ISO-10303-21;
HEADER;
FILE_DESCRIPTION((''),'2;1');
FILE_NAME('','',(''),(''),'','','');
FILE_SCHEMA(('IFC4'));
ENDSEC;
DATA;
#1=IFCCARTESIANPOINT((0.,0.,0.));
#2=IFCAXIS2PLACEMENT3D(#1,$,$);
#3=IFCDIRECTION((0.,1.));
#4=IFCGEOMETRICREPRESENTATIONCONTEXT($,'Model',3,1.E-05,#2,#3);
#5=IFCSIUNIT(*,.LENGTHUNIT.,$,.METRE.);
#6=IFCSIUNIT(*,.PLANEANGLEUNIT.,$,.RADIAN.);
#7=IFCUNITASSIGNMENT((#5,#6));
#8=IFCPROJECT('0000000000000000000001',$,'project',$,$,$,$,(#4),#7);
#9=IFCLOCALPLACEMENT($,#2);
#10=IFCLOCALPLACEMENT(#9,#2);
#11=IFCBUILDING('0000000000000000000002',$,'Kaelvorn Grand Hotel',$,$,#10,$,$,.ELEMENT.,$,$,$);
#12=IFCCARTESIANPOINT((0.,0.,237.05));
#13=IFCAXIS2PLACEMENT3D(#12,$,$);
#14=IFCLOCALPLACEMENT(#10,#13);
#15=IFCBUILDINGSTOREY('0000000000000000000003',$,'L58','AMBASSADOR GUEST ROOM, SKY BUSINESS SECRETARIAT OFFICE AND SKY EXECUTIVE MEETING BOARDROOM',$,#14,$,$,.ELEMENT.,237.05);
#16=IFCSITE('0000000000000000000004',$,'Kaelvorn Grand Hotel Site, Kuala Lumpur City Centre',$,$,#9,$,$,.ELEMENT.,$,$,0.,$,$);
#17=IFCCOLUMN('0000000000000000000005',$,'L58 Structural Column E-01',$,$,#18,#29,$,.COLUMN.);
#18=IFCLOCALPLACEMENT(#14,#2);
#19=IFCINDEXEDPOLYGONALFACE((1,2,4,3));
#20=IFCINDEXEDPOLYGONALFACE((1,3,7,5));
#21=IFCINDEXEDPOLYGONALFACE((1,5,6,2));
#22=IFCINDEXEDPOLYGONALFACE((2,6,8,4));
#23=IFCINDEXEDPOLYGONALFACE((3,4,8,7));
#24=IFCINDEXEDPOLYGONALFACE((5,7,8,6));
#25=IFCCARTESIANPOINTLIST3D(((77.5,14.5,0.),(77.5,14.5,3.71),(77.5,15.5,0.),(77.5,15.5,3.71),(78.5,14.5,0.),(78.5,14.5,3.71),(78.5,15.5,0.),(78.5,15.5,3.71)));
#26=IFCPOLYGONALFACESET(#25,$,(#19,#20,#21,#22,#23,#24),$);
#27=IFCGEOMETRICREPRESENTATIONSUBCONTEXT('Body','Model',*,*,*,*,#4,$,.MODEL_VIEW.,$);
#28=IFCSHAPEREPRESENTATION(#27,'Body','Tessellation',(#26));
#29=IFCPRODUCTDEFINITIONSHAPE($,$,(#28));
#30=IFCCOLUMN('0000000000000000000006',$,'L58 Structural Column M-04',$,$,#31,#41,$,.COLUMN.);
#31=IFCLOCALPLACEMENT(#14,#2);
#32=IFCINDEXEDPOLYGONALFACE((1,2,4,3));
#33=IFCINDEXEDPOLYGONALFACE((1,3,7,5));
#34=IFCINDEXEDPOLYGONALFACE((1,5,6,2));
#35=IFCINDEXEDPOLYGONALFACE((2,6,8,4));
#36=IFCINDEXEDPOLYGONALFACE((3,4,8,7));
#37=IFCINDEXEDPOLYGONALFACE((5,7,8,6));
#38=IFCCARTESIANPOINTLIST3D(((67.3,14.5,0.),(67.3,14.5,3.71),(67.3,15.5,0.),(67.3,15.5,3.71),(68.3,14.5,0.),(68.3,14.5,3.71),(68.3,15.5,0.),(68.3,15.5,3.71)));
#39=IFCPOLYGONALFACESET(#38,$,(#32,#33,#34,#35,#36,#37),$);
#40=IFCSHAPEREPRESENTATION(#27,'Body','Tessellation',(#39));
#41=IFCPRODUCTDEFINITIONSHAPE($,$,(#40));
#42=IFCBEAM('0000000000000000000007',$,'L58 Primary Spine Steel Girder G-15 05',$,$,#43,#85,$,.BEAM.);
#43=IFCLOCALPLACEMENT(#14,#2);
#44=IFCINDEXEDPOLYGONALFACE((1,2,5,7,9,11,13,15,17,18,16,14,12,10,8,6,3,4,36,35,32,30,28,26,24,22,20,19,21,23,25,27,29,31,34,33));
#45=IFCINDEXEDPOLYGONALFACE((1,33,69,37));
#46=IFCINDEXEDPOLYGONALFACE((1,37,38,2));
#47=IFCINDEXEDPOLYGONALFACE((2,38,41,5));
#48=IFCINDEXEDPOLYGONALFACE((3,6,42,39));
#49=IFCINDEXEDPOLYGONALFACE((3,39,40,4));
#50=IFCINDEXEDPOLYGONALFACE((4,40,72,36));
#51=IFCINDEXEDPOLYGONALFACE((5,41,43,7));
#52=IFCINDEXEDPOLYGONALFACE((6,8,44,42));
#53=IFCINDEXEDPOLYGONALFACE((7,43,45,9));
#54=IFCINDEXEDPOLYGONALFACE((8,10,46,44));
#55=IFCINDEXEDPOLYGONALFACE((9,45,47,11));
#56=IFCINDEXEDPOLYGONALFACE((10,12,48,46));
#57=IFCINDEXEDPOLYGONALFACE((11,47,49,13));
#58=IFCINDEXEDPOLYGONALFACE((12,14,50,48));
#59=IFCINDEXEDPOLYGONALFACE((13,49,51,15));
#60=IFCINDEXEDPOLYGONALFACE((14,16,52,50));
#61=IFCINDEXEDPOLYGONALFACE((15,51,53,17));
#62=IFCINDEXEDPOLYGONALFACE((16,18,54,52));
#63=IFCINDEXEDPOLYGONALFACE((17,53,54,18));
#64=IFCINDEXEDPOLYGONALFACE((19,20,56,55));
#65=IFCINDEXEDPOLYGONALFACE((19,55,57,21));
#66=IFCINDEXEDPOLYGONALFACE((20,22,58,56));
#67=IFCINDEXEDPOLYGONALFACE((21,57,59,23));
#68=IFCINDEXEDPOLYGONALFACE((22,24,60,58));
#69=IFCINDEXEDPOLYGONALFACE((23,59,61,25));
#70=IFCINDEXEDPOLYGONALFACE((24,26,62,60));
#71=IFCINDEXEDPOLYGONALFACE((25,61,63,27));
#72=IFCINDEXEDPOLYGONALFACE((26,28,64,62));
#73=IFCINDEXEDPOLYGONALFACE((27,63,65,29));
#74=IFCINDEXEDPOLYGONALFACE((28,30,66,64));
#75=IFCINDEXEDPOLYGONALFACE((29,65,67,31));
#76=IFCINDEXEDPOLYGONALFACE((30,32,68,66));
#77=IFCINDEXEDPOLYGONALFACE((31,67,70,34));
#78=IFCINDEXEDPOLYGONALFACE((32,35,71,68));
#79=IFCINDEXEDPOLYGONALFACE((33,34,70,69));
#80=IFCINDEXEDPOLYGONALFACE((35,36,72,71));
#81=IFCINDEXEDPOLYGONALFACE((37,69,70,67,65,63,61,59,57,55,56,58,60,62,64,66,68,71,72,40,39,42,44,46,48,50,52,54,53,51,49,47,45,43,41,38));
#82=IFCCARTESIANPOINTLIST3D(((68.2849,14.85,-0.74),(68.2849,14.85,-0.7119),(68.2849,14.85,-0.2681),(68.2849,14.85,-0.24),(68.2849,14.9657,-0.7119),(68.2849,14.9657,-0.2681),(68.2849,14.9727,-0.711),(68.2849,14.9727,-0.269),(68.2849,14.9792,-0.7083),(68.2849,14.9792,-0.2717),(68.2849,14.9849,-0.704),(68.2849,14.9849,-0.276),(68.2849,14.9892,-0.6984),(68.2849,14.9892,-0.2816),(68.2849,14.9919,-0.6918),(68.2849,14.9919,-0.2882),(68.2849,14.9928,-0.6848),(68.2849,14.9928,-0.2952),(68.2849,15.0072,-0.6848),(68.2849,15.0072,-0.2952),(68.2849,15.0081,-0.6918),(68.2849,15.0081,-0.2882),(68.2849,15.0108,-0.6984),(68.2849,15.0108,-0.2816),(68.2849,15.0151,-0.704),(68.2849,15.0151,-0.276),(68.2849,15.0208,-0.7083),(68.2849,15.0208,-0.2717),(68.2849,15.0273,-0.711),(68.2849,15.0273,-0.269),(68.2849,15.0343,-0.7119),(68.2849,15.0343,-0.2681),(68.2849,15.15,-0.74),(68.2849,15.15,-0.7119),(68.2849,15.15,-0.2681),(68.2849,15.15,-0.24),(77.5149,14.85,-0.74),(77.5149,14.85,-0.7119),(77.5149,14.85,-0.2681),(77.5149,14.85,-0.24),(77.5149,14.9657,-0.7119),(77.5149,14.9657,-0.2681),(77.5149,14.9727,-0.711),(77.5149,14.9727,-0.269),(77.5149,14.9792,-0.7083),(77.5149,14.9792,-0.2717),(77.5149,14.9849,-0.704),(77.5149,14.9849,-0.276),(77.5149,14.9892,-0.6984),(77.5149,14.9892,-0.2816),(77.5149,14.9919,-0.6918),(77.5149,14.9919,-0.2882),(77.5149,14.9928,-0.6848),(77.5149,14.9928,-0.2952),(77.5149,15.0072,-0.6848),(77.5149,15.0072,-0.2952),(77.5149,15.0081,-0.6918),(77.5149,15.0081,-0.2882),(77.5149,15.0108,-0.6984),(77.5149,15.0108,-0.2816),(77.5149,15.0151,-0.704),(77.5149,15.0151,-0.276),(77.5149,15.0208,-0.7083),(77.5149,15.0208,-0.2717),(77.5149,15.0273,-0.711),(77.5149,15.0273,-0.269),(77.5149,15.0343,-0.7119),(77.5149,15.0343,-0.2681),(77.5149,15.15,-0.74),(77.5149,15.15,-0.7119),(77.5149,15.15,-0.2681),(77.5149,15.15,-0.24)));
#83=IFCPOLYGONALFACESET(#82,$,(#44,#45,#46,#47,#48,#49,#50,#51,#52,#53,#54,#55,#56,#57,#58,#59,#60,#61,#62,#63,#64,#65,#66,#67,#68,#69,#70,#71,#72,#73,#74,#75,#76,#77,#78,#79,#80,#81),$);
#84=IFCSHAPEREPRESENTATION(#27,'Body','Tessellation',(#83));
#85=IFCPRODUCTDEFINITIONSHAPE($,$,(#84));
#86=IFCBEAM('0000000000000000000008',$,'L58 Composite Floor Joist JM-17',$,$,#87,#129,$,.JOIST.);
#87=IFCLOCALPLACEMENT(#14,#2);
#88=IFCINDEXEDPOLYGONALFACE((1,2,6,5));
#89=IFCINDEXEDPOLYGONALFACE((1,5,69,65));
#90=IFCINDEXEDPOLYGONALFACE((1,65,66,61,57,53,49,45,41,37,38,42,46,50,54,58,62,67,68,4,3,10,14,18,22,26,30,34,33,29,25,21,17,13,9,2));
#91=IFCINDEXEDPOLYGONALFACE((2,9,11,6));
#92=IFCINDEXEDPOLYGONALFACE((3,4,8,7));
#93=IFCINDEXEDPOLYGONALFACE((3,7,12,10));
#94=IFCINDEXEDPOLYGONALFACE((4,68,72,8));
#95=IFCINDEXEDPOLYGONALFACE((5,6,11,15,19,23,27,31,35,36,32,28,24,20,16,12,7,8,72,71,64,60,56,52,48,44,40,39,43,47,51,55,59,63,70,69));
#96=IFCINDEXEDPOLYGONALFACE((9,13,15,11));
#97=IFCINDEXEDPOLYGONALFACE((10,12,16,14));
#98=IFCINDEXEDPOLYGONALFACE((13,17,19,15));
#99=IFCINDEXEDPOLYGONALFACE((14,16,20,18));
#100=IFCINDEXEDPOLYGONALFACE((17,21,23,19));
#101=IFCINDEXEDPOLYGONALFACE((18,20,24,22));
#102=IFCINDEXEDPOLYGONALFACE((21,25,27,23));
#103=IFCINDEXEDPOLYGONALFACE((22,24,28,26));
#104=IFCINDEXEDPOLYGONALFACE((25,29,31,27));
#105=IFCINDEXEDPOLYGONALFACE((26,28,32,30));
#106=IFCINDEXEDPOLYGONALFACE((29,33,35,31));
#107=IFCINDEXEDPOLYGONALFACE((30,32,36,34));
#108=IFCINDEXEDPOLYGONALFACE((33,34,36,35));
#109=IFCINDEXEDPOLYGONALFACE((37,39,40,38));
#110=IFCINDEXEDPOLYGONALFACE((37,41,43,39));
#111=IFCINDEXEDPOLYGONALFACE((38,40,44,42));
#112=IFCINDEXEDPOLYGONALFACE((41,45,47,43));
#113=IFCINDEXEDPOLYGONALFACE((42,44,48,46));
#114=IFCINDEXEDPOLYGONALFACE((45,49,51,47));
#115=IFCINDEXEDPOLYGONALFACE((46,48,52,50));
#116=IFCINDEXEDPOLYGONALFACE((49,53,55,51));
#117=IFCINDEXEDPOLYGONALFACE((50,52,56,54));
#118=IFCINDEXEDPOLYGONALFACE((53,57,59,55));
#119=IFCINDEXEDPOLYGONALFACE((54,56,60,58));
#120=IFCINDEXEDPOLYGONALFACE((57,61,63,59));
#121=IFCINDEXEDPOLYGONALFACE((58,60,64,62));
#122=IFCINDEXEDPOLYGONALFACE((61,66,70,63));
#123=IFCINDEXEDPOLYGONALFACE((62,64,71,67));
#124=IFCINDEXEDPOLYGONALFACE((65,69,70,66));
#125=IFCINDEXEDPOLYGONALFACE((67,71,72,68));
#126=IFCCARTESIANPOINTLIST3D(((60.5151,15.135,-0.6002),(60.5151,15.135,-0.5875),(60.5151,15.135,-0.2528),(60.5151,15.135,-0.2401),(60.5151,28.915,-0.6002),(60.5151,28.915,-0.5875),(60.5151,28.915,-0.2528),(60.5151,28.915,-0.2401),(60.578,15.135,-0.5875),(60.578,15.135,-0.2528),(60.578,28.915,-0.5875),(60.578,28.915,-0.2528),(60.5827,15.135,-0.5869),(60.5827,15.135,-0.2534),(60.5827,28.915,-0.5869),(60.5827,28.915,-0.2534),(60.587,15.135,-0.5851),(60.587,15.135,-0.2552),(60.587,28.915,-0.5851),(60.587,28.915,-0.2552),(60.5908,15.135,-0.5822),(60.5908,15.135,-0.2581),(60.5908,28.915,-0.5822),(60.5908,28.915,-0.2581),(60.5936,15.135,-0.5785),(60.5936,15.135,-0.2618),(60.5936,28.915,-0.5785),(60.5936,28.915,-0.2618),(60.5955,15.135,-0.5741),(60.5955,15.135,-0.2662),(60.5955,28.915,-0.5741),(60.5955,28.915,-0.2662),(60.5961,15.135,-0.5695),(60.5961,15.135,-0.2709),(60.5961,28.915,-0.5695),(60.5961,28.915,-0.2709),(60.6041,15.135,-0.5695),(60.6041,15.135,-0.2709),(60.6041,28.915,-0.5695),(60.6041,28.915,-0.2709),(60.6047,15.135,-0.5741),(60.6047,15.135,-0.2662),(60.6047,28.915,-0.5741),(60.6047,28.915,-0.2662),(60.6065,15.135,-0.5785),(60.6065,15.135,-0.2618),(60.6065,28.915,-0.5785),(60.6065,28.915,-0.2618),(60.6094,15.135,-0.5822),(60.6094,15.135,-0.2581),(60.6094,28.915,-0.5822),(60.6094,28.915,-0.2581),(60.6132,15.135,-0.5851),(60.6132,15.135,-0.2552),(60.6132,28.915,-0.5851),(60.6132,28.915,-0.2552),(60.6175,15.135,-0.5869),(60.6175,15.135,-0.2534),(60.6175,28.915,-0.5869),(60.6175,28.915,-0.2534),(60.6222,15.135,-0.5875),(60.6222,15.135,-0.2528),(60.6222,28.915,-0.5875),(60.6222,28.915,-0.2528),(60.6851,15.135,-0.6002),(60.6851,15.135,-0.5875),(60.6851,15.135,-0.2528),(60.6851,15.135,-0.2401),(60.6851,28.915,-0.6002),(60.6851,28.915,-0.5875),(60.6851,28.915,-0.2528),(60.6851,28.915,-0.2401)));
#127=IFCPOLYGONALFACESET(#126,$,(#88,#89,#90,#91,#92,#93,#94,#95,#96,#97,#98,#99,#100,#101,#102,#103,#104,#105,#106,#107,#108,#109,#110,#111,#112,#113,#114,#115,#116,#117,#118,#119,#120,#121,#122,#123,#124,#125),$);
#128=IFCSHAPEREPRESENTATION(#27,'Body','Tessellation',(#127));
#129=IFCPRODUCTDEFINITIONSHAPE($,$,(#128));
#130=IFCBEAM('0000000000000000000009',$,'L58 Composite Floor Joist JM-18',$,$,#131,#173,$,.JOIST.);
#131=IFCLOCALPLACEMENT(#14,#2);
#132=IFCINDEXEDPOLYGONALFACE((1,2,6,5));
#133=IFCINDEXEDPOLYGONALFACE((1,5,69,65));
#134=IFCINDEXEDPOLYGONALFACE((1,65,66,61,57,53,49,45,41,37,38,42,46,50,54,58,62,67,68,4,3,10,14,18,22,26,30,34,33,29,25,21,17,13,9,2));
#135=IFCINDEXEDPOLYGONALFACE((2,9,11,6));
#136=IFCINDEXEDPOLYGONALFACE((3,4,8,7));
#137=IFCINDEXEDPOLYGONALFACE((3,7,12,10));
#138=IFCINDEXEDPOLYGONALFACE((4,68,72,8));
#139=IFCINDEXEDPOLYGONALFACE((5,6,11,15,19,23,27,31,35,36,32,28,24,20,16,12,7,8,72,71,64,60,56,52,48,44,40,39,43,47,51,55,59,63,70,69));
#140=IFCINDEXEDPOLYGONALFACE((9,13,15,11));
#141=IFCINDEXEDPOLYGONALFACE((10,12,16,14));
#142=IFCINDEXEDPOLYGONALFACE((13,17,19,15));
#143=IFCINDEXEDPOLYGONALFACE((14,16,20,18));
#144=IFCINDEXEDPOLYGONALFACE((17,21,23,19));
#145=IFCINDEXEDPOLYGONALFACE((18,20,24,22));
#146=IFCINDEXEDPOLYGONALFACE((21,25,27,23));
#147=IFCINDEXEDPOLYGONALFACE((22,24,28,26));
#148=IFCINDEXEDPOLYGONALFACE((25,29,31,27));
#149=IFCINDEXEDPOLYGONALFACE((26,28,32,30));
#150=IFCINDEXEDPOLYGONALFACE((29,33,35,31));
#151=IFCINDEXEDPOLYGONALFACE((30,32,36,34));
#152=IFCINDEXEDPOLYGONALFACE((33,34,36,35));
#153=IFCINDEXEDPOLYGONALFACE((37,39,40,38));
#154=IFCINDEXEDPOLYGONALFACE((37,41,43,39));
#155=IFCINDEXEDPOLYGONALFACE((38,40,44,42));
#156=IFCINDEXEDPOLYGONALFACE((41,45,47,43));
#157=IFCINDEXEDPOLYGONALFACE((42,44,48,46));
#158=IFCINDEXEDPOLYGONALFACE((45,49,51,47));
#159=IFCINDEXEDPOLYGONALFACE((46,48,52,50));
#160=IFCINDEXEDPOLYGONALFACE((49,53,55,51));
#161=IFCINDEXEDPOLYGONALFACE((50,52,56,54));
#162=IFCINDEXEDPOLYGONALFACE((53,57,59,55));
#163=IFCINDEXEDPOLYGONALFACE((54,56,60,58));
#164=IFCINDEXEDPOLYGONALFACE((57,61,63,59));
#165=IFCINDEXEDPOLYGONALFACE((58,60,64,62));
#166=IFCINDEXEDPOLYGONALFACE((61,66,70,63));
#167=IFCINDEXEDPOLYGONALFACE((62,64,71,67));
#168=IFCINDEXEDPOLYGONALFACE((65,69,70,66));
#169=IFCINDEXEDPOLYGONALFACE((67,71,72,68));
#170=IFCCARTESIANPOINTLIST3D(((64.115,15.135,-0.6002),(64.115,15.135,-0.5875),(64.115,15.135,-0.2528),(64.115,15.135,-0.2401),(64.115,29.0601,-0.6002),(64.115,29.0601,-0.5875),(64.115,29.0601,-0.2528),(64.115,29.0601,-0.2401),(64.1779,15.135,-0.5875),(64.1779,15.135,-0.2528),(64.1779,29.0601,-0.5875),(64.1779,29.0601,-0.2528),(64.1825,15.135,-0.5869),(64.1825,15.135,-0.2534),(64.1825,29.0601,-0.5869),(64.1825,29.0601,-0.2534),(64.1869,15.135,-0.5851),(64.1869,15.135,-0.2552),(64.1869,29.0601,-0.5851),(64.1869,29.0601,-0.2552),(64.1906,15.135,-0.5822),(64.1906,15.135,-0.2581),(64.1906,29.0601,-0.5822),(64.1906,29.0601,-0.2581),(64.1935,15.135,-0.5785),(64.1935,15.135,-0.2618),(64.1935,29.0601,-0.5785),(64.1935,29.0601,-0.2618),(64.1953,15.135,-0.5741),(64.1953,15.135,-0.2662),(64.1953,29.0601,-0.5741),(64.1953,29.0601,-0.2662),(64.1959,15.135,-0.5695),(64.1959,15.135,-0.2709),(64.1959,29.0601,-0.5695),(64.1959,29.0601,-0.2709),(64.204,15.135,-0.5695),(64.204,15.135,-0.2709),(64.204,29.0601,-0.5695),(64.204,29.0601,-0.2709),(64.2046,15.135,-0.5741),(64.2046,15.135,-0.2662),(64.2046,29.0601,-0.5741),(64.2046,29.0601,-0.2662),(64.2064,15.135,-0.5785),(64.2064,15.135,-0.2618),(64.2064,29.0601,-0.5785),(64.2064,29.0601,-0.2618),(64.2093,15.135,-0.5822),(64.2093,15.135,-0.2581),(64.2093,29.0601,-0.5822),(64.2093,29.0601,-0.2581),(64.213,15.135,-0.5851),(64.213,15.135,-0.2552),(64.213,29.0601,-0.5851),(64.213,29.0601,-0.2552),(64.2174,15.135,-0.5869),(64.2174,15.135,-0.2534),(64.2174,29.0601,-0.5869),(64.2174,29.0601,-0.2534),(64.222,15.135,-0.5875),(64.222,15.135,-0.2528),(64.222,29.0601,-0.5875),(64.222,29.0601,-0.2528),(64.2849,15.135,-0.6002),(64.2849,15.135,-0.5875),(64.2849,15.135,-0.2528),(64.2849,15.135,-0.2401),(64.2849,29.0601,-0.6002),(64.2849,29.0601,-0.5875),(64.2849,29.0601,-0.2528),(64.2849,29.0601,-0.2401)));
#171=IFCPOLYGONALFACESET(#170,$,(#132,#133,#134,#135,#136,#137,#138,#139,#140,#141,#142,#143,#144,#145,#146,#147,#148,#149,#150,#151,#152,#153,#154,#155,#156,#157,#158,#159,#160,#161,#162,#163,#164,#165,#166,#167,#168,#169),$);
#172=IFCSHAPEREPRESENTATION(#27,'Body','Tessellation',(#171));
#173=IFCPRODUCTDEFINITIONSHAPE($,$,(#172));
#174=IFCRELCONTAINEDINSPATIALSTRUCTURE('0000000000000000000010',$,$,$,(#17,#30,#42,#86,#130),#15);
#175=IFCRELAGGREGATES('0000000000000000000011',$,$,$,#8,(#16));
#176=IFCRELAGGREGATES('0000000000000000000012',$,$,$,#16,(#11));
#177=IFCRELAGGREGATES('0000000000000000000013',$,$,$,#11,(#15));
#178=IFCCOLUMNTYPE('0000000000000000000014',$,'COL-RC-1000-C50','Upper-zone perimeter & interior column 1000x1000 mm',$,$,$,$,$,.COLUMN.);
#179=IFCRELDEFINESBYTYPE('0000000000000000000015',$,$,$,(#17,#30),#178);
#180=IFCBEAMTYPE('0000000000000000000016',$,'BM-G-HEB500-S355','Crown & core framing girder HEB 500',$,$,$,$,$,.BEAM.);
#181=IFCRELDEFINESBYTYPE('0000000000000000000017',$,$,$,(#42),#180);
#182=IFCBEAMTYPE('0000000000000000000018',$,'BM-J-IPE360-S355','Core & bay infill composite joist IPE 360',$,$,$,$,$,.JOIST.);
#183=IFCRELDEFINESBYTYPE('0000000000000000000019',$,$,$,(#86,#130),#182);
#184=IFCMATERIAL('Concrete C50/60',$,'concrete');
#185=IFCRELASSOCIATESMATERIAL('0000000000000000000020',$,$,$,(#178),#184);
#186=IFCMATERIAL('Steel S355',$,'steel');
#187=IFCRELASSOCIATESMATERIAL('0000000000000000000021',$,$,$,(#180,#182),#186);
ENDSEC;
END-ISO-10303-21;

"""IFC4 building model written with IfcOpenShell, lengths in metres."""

from ifc_helpers import new_model, si_unit, direction, frame, origin, origin_2d, place, context, subcontext, project, spatial, rectangle, i_section, extrude, material, material_profile, profile_set, type_object, element, save


model = new_model("IFC4")

# Units and contexts
model_context = context("Model", 3, precision=1e-05, world=origin(), true_north=direction((0.0, 1.0)))
body_context = subcontext(model_context, "Body", "Model", "MODEL_VIEW")
ifc_project = project(units=[si_unit("LENGTHUNIT", "METRE"), si_unit("PLANEANGLEUNIT", "RADIAN")], contexts=[model_context])

# Site, building, storey
site_placement = place(None, origin())
site = spatial("IfcSite", under=ifc_project, at=site_placement, Name="Kaelvorn Grand Hotel Site, Kuala Lumpur City Centre", CompositionType="ELEMENT", RefElevation=0.0)
building_placement = place(site_placement, origin())
building = spatial("IfcBuilding", under=site, at=building_placement, Name="Kaelvorn Grand Hotel", CompositionType="ELEMENT")
storey_placement = place(building_placement, frame((0.0, 0.0, 237.05)))
storey = spatial("IfcBuildingStorey", under=building, at=storey_placement, Name="L58", Description="AMBASSADOR GUEST ROOM, SKY BUSINESS SECRETARIAT OFFICE AND SKY EXECUTIVE MEETING BOARDROOM", CompositionType="ELEMENT", Elevation=237.05)

# Columns
ifc_material_1 = material(Name="Concrete C50/60", Category="concrete")
ifc_material_profile_1 = material_profile(ifc_material_1, rectangle(XDim=1.0, YDim=1.0, at=origin_2d()), Name="RC COL 1000x1000")
ifc_profile_set_1 = profile_set([ifc_material_profile_1], Name="Concrete C50/60")
column_type = type_object("IfcColumnType", Name="COL-RC-1000-C50", Description="Upper-zone perimeter & interior column 1000x1000 mm", PredefinedType="COLUMN", material=ifc_profile_set_1)
for number, where, z_axis, x_axis, name in (
    (1, (78.0, 15.0, 0.0), (0.0, 0.0, 1.0), (1.0, 0.0, 0.0), "L58 Structural Column E-01"),
    (2, (67.8, 15.0, 0.0), (0.0, 0.0, 1.0), (1.0, 0.0, 0.0), "L58 Structural Column M-04"),
):
    element("IfcColumn", number, at=place(storey_placement, frame(where, z_axis=z_axis, x_axis=x_axis)), inside=storey, type_object=column_type, Name=name, PredefinedType="COLUMN", context=body_context, shape_type="SweptSolid", body=[
        extrude(rectangle(XDim=1.0, YDim=1.0, at=origin_2d()), origin(), (0.0, 0.0, 1.0), 3.71),
    ])

# Beams
ifc_material_2 = material(Name="Steel S355", Category="steel")
ifc_material_profile_2 = material_profile(ifc_material_2, i_section(OverallWidth=0.3, OverallDepth=0.5, WebThickness=0.0144, FlangeThickness=0.0281, FilletRadius=0.0271, at=origin_2d()), Name="HEB 500")
ifc_profile_set_2 = profile_set([ifc_material_profile_2], Name="Steel S355")
beam_type_1 = type_object("IfcBeamType", Name="BM-G-HEB500-S355", Description="Crown & core framing girder HEB 500", PredefinedType="BEAM", material=ifc_profile_set_2)
beam_1_placement = place(storey_placement, frame((68.2849, 15.0, -0.49), z_axis=(1.0, 0.0, 0.0), x_axis=(0.0, 1.0, 0.0)))
element("IfcBeam", 3, at=beam_1_placement, inside=storey, type_object=beam_type_1, Name="L58 Primary Spine Steel Girder G-15 05", PredefinedType="BEAM", context=body_context, shape_type="SweptSolid", body=[
    extrude(i_section(OverallWidth=0.3, OverallDepth=0.5, WebThickness=0.0144, FlangeThickness=0.0281, FilletRadius=0.0271, at=origin_2d()), origin(), (0.0, 0.0, 1.0), 9.23),
])
ifc_material_profile_3 = material_profile(ifc_material_2, i_section(OverallWidth=0.1699, OverallDepth=0.3601, WebThickness=0.0081, FlangeThickness=0.0127, FilletRadius=0.0181, at=origin_2d()), Name="IPE 360")
ifc_profile_set_3 = profile_set([ifc_material_profile_3], Name="Steel S355")
beam_type_2 = type_object("IfcBeamType", Name="BM-J-IPE360-S355", Description="Core & bay infill composite joist IPE 360", PredefinedType="JOIST", material=ifc_profile_set_3)
beam_2_placement = place(storey_placement, frame((60.6001, 15.135, -0.4202), z_axis=(0.0, 1.0, 0.0), x_axis=(-1.0, 0.0, 0.0)))
element("IfcBeam", 4, at=beam_2_placement, inside=storey, type_object=beam_type_2, Name="L58 Composite Floor Joist JM-17", PredefinedType="JOIST", context=body_context, shape_type="SweptSolid", body=[
    extrude(i_section(OverallWidth=0.1699, OverallDepth=0.3601, WebThickness=0.0081, FlangeThickness=0.0127, FilletRadius=0.0181, at=origin_2d()), origin(), (0.0, 0.0, 1.0), 13.78),
])
beam_3_placement = place(storey_placement, frame((64.2, 15.135, -0.4202), z_axis=(0.0, 1.0, 0.0), x_axis=(-1.0, 0.0, 0.0)))
element("IfcBeam", 5, at=beam_3_placement, inside=storey, type_object=beam_type_2, Name="L58 Composite Floor Joist JM-18", PredefinedType="JOIST", context=body_context, shape_type="SweptSolid", body=[
    extrude(i_section(OverallWidth=0.1699, OverallDepth=0.3601, WebThickness=0.0081, FlangeThickness=0.0127, FilletRadius=0.0181, at=origin_2d()), origin(), (0.0, 0.0, 1.0), 13.925),
])

save(model, "model.ifc")
